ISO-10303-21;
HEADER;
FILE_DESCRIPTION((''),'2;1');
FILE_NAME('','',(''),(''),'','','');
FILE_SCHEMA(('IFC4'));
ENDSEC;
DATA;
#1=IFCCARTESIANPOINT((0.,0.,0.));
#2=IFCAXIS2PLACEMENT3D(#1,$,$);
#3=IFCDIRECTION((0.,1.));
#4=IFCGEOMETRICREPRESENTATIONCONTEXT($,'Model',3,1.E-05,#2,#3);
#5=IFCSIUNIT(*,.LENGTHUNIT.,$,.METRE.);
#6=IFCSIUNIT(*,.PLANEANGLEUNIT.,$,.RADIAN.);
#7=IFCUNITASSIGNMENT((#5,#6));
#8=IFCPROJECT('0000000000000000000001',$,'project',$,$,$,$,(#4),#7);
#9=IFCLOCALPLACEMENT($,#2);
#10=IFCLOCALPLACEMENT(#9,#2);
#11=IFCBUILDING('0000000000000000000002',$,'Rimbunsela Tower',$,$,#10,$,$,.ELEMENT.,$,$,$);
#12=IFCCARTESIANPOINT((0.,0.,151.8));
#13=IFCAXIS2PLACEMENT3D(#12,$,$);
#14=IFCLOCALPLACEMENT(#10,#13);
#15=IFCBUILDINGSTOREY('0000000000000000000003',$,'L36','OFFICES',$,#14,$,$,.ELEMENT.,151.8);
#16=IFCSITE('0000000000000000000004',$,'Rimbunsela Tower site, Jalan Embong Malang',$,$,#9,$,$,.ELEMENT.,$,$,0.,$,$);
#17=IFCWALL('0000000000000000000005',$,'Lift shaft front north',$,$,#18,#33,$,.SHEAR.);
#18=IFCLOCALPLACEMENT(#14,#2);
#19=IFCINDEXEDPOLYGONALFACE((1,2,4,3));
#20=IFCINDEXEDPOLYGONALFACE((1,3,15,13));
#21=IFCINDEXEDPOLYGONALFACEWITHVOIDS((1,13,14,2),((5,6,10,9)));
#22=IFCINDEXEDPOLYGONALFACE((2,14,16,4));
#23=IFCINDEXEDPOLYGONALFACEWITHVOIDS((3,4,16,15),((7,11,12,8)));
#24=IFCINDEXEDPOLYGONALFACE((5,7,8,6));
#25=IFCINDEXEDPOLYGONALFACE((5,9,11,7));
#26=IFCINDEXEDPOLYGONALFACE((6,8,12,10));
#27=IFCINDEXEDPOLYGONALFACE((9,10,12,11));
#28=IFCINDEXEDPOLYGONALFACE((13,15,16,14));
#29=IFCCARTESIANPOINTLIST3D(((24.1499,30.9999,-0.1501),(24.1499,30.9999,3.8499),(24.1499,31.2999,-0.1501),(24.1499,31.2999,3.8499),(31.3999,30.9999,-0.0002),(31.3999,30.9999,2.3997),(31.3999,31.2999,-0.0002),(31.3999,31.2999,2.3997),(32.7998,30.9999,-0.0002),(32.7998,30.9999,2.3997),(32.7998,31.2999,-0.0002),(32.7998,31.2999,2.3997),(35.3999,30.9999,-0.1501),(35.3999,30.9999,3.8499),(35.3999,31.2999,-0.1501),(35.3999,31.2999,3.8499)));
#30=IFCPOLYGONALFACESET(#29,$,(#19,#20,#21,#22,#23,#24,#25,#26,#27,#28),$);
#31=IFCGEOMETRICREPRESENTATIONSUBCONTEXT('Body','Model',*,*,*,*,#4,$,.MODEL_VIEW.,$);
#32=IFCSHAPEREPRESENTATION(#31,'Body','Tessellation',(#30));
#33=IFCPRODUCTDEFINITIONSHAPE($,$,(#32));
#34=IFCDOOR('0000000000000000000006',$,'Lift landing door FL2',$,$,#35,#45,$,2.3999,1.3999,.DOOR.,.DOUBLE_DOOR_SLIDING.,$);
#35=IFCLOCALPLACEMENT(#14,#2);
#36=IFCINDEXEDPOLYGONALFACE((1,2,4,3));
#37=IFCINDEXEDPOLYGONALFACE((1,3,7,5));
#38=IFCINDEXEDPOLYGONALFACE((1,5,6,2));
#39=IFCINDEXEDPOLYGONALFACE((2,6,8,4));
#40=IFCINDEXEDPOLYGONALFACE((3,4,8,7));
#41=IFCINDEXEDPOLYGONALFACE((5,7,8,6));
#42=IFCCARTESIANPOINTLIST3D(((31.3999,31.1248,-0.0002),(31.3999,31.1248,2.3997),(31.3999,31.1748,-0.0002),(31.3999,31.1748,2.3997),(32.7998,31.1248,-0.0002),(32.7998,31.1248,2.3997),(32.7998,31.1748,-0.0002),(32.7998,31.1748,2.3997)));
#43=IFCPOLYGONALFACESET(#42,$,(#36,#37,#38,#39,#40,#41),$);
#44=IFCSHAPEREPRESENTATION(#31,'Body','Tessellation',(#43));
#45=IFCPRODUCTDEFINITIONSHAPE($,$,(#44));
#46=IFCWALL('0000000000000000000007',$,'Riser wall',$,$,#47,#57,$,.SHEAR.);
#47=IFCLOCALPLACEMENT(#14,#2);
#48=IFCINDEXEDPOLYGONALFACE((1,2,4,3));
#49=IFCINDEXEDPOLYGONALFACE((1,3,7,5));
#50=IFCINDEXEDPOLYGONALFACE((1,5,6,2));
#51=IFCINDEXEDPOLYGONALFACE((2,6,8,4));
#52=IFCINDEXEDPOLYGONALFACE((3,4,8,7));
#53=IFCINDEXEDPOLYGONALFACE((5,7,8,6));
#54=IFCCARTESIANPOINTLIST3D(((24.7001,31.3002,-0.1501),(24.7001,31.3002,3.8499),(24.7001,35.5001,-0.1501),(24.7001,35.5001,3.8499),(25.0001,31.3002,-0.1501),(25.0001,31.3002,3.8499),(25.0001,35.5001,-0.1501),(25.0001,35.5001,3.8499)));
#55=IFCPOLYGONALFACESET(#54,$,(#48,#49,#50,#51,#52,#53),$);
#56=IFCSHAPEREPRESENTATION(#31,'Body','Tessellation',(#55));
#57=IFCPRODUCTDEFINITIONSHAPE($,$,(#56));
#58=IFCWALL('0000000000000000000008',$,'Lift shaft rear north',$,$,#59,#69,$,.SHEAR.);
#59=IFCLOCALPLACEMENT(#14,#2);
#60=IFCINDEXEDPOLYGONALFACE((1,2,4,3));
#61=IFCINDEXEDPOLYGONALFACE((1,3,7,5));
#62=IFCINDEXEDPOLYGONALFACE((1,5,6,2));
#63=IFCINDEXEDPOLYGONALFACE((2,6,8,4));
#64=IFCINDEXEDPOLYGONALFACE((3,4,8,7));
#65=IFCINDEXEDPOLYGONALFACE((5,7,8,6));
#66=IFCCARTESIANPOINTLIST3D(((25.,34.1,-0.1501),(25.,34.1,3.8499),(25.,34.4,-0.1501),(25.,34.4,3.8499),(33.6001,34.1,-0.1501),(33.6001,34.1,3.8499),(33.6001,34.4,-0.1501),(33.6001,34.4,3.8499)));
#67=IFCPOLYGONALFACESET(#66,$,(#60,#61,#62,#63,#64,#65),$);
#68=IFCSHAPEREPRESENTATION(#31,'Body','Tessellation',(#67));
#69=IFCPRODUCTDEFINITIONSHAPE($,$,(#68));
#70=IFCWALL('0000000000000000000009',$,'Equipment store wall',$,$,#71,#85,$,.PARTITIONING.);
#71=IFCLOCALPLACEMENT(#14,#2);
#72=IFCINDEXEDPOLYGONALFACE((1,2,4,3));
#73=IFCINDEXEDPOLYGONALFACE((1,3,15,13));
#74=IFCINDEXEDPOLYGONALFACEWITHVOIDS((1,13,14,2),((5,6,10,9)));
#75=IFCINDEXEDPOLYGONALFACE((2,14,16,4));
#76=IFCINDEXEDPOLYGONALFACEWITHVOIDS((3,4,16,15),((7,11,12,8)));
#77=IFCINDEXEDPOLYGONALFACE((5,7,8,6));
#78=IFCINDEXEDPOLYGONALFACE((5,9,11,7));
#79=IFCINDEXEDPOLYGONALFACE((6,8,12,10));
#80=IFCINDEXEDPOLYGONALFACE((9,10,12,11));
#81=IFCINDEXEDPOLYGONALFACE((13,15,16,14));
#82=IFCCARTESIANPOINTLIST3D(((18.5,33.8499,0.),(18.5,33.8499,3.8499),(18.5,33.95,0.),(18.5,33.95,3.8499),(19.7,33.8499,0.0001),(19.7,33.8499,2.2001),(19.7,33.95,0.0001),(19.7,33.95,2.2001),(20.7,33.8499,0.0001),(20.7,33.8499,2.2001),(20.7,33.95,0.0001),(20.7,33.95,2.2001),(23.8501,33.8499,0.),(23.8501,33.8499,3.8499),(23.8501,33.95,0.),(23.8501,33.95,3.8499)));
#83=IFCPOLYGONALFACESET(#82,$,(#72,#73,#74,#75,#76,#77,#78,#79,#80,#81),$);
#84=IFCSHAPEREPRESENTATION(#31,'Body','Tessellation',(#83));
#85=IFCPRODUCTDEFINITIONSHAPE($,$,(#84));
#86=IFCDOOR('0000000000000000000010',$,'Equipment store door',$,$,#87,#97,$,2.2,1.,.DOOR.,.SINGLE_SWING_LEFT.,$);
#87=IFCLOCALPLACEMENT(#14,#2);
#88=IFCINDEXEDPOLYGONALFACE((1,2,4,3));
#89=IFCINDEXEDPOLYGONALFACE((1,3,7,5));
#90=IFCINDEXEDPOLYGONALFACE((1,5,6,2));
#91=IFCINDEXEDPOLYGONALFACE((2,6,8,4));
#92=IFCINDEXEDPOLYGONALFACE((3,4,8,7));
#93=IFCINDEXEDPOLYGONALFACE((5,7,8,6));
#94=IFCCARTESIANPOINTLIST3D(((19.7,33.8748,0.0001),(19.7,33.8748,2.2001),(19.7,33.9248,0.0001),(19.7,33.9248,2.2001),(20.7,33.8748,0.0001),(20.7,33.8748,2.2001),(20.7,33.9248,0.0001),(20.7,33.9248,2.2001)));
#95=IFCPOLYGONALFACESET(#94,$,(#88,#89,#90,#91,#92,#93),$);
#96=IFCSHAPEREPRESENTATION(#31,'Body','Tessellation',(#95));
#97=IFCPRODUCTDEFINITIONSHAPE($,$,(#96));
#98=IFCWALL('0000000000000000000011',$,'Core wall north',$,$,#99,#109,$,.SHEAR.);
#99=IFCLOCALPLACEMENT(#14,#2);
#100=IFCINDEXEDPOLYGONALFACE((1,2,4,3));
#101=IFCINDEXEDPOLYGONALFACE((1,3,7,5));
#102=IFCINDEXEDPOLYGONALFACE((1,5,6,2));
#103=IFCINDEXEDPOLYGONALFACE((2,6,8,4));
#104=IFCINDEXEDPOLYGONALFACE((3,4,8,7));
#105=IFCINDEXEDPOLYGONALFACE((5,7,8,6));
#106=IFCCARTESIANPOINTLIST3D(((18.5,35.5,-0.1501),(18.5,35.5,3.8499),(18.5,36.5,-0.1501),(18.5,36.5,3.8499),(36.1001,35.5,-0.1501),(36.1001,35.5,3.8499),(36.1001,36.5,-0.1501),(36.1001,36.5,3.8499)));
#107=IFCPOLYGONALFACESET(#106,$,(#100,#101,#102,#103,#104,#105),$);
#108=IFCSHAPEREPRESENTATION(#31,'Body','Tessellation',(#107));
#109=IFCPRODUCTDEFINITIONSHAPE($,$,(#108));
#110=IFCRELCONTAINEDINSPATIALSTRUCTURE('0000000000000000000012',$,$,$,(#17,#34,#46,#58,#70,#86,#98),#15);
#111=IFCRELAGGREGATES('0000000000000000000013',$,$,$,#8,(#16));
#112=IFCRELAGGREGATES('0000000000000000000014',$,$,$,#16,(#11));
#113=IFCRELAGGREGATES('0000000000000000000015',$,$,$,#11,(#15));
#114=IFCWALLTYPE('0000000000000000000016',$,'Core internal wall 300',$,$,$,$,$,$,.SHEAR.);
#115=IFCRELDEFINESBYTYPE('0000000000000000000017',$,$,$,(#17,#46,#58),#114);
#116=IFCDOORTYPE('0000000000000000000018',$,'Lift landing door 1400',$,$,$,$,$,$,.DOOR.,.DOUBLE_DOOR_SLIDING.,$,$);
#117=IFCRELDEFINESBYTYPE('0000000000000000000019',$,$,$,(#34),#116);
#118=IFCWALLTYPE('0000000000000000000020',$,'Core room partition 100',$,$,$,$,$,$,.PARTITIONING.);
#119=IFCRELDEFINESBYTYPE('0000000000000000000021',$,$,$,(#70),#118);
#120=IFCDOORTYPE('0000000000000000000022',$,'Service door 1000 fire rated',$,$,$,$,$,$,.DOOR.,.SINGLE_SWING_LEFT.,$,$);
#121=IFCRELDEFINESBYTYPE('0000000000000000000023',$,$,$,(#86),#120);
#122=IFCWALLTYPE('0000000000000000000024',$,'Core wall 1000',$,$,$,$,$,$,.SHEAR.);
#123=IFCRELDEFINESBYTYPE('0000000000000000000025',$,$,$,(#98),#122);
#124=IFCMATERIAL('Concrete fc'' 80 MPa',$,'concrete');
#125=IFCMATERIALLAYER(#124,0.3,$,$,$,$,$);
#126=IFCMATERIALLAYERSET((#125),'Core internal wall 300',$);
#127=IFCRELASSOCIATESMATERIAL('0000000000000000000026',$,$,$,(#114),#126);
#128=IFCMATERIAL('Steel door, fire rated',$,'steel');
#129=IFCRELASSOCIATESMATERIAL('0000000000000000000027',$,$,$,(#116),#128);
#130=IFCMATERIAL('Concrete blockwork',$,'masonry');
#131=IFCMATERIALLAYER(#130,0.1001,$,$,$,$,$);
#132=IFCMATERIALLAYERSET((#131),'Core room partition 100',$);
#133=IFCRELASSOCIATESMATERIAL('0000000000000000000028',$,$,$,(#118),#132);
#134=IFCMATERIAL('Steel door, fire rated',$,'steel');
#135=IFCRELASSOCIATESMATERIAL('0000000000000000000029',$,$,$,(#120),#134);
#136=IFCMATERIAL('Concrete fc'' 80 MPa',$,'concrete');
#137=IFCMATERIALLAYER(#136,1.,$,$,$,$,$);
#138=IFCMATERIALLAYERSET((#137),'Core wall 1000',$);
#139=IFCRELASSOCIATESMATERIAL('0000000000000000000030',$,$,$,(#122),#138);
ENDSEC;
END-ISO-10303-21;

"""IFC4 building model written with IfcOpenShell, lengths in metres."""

from ifc_helpers import new_model, si_unit, direction, frame, frame_2d, origin, place, context, subcontext, project, spatial, rectangle, extrude, material, layer, layer_set, type_object, element, fill, save


model = new_model("IFC4")

# Units and contexts
model_context = context("Model", 3, precision=1e-05, world=origin(), true_north=direction((0.0, 1.0)))
body_context = subcontext(model_context, "Body", "Model", "MODEL_VIEW")
ifc_project = project(units=[si_unit("LENGTHUNIT", "METRE"), si_unit("PLANEANGLEUNIT", "RADIAN")], contexts=[model_context])

# Site, building, storey
site_placement = place(None, origin())
site = spatial("IfcSite", under=ifc_project, at=site_placement, Name="Rimbunsela Tower site, Jalan Embong Malang", CompositionType="ELEMENT", RefElevation=0.0)
building_placement = place(site_placement, origin())
building = spatial("IfcBuilding", under=site, at=building_placement, Name="Rimbunsela Tower", CompositionType="ELEMENT")
storey_placement = place(building_placement, frame((0.0, 0.0, 151.8)))
storey = spatial("IfcBuildingStorey", under=building, at=storey_placement, Name="L36", Description="OFFICES", CompositionType="ELEMENT", Elevation=151.8)

# Wall, opening, door
ifc_material_1 = material(Name="Concrete fc' 80 MPa", Category="concrete")
ifc_layer_1 = layer(ifc_material_1, 0.3)
ifc_layer_set_1 = layer_set([ifc_layer_1], Name="Core internal wall 300")
wall_type_1 = type_object("IfcWallType", Name="Core internal wall 300", PredefinedType="SHEAR", material=ifc_layer_set_1)
wall_1_placement = place(storey_placement, frame((24.1499, 31.1499, -0.1501), z_axis=(0.0, 0.0, 1.0), x_axis=(1.0, 0.0, 0.0)))
wall_1 = element("IfcWall", 1, at=wall_1_placement, inside=storey, type_object=wall_type_1, Name="Lift shaft front north", PredefinedType="SHEAR", context=body_context, shape_type="SweptSolid", body=[
    extrude(rectangle(XDim=11.25, YDim=0.3, at=frame_2d((5.625, 0.0))), origin(), (0.0, 0.0, 1.0), 4.0),
])
opening_1_placement = place(wall_1_placement, frame((7.25, 0.0, 0.1499)))
opening_1 = element("IfcOpeningElement", 2, at=opening_1_placement, cuts=wall_1, PredefinedType="OPENING", context=body_context, shape_type="SweptSolid", body=[
    extrude(rectangle(XDim=1.3999, YDim=2.3999, at=frame_2d((0.7, 1.2))), frame((0.0, 0.1599, 0.0), z_axis=(0.0, -1.0, 0.0), x_axis=(1.0, 0.0, 0.0)), (0.0, 0.0, 1.0), 0.3201),
])
ifc_material_2 = material(Name="Steel door, fire rated", Category="steel")
door_type_1 = type_object("IfcDoorType", Name="Lift landing door 1400", OperationType="DOUBLE_DOOR_SLIDING", PredefinedType="DOOR", material=ifc_material_2)
door_1_placement = place(opening_1_placement, origin())
door_1 = element("IfcDoor", 3, at=door_1_placement, inside=storey, type_object=door_type_1, Name="Lift landing door FL2", OperationType="DOUBLE_DOOR_SLIDING", OverallHeight=2.3999, OverallWidth=1.3999, PredefinedType="DOOR", context=body_context, shape_type="SweptSolid", body=[
    extrude(rectangle(XDim=1.3999, YDim=2.3999, at=frame_2d((0.7, 1.2))), frame((0.0, 0.0249, 0.0), z_axis=(0.0, -1.0, 0.0), x_axis=(1.0, 0.0, 0.0)), (0.0, 0.0, 1.0), 0.05),
])
fill(opening_1, door_1)

# Walls
wall_2_placement = place(storey_placement, frame((24.8501, 31.3, -0.1501), z_axis=(0.0, 0.0, 1.0), x_axis=(0.0, 1.0, 0.0)))
element("IfcWall", 4, at=wall_2_placement, inside=storey, type_object=wall_type_1, Name="Riser wall", PredefinedType="SHEAR", context=body_context, shape_type="SweptSolid", body=[
    extrude(rectangle(XDim=4.2, YDim=0.3, at=frame_2d((2.1001, 0.0))), origin(), (0.0, 0.0, 1.0), 4.0),
])
wall_3_placement = place(storey_placement, frame((25.0, 34.25, -0.1501), z_axis=(0.0, 0.0, 1.0), x_axis=(1.0, 0.0, 0.0)))
element("IfcWall", 5, at=wall_3_placement, inside=storey, type_object=wall_type_1, Name="Lift shaft rear north", PredefinedType="SHEAR", context=body_context, shape_type="SweptSolid", body=[
    extrude(rectangle(XDim=8.6001, YDim=0.3, at=frame_2d((4.3, 0.0))), origin(), (0.0, 0.0, 1.0), 4.0),
])

# Wall, opening, door
ifc_material_3 = material(Name="Concrete blockwork", Category="masonry")
ifc_layer_2 = layer(ifc_material_3, 0.1001)
ifc_layer_set_2 = layer_set([ifc_layer_2], Name="Core room partition 100")
wall_type_2 = type_object("IfcWallType", Name="Core room partition 100", PredefinedType="PARTITIONING", material=ifc_layer_set_2)
wall_4_placement = place(storey_placement, frame((18.5, 33.8999, 0.0), z_axis=(0.0, 0.0, 1.0), x_axis=(1.0, 0.0, 0.0)))
wall_4 = element("IfcWall", 6, at=wall_4_placement, inside=storey, type_object=wall_type_2, Name="Equipment store wall", PredefinedType="PARTITIONING", context=body_context, shape_type="SweptSolid", body=[
    extrude(rectangle(XDim=5.3501, YDim=0.1001, at=frame_2d((2.675, 0.0))), origin(), (0.0, 0.0, 1.0), 3.8499),
])
opening_2_placement = place(wall_4_placement, frame((1.2, 0.0, 0.0)))
opening_2 = element("IfcOpeningElement", 7, at=opening_2_placement, cuts=wall_4, PredefinedType="OPENING", context=body_context, shape_type="SweptSolid", body=[
    extrude(rectangle(XDim=1.0, YDim=2.2, at=frame_2d((0.5, 1.1001))), frame((0.0, 0.0601, 0.0), z_axis=(0.0, -1.0, 0.0), x_axis=(1.0, 0.0, 0.0)), (0.0, 0.0, 1.0), 0.1201),
])
ifc_material_4 = material(Name="Steel door, fire rated", Category="steel")
door_type_2 = type_object("IfcDoorType", Name="Service door 1000 fire rated", OperationType="SINGLE_SWING_LEFT", PredefinedType="DOOR", material=ifc_material_4)
door_2_placement = place(opening_2_placement, origin())
door_2 = element("IfcDoor", 8, at=door_2_placement, inside=storey, type_object=door_type_2, Name="Equipment store door", OperationType="SINGLE_SWING_LEFT", OverallHeight=2.2, OverallWidth=1.0, PredefinedType="DOOR", context=body_context, shape_type="SweptSolid", body=[
    extrude(rectangle(XDim=1.0, YDim=2.2, at=frame_2d((0.5, 1.1001))), frame((0.0, 0.0249, 0.0), z_axis=(0.0, -1.0, 0.0), x_axis=(1.0, 0.0, 0.0)), (0.0, 0.0, 1.0), 0.05),
])
fill(opening_2, door_2)

# Wall
ifc_material_5 = material(Name="Concrete fc' 80 MPa", Category="concrete")
ifc_layer_3 = layer(ifc_material_5, 1.0)
ifc_layer_set_3 = layer_set([ifc_layer_3], Name="Core wall 1000")
wall_type_3 = type_object("IfcWallType", Name="Core wall 1000", PredefinedType="SHEAR", material=ifc_layer_set_3)
wall_5_placement = place(storey_placement, frame((18.5, 36.0, -0.1501), z_axis=(0.0, 0.0, 1.0), x_axis=(1.0, 0.0, 0.0)))
element("IfcWall", 9, at=wall_5_placement, inside=storey, type_object=wall_type_3, Name="Core wall north", PredefinedType="SHEAR", context=body_context, shape_type="SweptSolid", body=[
    extrude(rectangle(XDim=17.6001, YDim=1.0, at=frame_2d((8.8, 0.0))), origin(), (0.0, 0.0, 1.0), 4.0),
])

save(model, "model.ifc")
